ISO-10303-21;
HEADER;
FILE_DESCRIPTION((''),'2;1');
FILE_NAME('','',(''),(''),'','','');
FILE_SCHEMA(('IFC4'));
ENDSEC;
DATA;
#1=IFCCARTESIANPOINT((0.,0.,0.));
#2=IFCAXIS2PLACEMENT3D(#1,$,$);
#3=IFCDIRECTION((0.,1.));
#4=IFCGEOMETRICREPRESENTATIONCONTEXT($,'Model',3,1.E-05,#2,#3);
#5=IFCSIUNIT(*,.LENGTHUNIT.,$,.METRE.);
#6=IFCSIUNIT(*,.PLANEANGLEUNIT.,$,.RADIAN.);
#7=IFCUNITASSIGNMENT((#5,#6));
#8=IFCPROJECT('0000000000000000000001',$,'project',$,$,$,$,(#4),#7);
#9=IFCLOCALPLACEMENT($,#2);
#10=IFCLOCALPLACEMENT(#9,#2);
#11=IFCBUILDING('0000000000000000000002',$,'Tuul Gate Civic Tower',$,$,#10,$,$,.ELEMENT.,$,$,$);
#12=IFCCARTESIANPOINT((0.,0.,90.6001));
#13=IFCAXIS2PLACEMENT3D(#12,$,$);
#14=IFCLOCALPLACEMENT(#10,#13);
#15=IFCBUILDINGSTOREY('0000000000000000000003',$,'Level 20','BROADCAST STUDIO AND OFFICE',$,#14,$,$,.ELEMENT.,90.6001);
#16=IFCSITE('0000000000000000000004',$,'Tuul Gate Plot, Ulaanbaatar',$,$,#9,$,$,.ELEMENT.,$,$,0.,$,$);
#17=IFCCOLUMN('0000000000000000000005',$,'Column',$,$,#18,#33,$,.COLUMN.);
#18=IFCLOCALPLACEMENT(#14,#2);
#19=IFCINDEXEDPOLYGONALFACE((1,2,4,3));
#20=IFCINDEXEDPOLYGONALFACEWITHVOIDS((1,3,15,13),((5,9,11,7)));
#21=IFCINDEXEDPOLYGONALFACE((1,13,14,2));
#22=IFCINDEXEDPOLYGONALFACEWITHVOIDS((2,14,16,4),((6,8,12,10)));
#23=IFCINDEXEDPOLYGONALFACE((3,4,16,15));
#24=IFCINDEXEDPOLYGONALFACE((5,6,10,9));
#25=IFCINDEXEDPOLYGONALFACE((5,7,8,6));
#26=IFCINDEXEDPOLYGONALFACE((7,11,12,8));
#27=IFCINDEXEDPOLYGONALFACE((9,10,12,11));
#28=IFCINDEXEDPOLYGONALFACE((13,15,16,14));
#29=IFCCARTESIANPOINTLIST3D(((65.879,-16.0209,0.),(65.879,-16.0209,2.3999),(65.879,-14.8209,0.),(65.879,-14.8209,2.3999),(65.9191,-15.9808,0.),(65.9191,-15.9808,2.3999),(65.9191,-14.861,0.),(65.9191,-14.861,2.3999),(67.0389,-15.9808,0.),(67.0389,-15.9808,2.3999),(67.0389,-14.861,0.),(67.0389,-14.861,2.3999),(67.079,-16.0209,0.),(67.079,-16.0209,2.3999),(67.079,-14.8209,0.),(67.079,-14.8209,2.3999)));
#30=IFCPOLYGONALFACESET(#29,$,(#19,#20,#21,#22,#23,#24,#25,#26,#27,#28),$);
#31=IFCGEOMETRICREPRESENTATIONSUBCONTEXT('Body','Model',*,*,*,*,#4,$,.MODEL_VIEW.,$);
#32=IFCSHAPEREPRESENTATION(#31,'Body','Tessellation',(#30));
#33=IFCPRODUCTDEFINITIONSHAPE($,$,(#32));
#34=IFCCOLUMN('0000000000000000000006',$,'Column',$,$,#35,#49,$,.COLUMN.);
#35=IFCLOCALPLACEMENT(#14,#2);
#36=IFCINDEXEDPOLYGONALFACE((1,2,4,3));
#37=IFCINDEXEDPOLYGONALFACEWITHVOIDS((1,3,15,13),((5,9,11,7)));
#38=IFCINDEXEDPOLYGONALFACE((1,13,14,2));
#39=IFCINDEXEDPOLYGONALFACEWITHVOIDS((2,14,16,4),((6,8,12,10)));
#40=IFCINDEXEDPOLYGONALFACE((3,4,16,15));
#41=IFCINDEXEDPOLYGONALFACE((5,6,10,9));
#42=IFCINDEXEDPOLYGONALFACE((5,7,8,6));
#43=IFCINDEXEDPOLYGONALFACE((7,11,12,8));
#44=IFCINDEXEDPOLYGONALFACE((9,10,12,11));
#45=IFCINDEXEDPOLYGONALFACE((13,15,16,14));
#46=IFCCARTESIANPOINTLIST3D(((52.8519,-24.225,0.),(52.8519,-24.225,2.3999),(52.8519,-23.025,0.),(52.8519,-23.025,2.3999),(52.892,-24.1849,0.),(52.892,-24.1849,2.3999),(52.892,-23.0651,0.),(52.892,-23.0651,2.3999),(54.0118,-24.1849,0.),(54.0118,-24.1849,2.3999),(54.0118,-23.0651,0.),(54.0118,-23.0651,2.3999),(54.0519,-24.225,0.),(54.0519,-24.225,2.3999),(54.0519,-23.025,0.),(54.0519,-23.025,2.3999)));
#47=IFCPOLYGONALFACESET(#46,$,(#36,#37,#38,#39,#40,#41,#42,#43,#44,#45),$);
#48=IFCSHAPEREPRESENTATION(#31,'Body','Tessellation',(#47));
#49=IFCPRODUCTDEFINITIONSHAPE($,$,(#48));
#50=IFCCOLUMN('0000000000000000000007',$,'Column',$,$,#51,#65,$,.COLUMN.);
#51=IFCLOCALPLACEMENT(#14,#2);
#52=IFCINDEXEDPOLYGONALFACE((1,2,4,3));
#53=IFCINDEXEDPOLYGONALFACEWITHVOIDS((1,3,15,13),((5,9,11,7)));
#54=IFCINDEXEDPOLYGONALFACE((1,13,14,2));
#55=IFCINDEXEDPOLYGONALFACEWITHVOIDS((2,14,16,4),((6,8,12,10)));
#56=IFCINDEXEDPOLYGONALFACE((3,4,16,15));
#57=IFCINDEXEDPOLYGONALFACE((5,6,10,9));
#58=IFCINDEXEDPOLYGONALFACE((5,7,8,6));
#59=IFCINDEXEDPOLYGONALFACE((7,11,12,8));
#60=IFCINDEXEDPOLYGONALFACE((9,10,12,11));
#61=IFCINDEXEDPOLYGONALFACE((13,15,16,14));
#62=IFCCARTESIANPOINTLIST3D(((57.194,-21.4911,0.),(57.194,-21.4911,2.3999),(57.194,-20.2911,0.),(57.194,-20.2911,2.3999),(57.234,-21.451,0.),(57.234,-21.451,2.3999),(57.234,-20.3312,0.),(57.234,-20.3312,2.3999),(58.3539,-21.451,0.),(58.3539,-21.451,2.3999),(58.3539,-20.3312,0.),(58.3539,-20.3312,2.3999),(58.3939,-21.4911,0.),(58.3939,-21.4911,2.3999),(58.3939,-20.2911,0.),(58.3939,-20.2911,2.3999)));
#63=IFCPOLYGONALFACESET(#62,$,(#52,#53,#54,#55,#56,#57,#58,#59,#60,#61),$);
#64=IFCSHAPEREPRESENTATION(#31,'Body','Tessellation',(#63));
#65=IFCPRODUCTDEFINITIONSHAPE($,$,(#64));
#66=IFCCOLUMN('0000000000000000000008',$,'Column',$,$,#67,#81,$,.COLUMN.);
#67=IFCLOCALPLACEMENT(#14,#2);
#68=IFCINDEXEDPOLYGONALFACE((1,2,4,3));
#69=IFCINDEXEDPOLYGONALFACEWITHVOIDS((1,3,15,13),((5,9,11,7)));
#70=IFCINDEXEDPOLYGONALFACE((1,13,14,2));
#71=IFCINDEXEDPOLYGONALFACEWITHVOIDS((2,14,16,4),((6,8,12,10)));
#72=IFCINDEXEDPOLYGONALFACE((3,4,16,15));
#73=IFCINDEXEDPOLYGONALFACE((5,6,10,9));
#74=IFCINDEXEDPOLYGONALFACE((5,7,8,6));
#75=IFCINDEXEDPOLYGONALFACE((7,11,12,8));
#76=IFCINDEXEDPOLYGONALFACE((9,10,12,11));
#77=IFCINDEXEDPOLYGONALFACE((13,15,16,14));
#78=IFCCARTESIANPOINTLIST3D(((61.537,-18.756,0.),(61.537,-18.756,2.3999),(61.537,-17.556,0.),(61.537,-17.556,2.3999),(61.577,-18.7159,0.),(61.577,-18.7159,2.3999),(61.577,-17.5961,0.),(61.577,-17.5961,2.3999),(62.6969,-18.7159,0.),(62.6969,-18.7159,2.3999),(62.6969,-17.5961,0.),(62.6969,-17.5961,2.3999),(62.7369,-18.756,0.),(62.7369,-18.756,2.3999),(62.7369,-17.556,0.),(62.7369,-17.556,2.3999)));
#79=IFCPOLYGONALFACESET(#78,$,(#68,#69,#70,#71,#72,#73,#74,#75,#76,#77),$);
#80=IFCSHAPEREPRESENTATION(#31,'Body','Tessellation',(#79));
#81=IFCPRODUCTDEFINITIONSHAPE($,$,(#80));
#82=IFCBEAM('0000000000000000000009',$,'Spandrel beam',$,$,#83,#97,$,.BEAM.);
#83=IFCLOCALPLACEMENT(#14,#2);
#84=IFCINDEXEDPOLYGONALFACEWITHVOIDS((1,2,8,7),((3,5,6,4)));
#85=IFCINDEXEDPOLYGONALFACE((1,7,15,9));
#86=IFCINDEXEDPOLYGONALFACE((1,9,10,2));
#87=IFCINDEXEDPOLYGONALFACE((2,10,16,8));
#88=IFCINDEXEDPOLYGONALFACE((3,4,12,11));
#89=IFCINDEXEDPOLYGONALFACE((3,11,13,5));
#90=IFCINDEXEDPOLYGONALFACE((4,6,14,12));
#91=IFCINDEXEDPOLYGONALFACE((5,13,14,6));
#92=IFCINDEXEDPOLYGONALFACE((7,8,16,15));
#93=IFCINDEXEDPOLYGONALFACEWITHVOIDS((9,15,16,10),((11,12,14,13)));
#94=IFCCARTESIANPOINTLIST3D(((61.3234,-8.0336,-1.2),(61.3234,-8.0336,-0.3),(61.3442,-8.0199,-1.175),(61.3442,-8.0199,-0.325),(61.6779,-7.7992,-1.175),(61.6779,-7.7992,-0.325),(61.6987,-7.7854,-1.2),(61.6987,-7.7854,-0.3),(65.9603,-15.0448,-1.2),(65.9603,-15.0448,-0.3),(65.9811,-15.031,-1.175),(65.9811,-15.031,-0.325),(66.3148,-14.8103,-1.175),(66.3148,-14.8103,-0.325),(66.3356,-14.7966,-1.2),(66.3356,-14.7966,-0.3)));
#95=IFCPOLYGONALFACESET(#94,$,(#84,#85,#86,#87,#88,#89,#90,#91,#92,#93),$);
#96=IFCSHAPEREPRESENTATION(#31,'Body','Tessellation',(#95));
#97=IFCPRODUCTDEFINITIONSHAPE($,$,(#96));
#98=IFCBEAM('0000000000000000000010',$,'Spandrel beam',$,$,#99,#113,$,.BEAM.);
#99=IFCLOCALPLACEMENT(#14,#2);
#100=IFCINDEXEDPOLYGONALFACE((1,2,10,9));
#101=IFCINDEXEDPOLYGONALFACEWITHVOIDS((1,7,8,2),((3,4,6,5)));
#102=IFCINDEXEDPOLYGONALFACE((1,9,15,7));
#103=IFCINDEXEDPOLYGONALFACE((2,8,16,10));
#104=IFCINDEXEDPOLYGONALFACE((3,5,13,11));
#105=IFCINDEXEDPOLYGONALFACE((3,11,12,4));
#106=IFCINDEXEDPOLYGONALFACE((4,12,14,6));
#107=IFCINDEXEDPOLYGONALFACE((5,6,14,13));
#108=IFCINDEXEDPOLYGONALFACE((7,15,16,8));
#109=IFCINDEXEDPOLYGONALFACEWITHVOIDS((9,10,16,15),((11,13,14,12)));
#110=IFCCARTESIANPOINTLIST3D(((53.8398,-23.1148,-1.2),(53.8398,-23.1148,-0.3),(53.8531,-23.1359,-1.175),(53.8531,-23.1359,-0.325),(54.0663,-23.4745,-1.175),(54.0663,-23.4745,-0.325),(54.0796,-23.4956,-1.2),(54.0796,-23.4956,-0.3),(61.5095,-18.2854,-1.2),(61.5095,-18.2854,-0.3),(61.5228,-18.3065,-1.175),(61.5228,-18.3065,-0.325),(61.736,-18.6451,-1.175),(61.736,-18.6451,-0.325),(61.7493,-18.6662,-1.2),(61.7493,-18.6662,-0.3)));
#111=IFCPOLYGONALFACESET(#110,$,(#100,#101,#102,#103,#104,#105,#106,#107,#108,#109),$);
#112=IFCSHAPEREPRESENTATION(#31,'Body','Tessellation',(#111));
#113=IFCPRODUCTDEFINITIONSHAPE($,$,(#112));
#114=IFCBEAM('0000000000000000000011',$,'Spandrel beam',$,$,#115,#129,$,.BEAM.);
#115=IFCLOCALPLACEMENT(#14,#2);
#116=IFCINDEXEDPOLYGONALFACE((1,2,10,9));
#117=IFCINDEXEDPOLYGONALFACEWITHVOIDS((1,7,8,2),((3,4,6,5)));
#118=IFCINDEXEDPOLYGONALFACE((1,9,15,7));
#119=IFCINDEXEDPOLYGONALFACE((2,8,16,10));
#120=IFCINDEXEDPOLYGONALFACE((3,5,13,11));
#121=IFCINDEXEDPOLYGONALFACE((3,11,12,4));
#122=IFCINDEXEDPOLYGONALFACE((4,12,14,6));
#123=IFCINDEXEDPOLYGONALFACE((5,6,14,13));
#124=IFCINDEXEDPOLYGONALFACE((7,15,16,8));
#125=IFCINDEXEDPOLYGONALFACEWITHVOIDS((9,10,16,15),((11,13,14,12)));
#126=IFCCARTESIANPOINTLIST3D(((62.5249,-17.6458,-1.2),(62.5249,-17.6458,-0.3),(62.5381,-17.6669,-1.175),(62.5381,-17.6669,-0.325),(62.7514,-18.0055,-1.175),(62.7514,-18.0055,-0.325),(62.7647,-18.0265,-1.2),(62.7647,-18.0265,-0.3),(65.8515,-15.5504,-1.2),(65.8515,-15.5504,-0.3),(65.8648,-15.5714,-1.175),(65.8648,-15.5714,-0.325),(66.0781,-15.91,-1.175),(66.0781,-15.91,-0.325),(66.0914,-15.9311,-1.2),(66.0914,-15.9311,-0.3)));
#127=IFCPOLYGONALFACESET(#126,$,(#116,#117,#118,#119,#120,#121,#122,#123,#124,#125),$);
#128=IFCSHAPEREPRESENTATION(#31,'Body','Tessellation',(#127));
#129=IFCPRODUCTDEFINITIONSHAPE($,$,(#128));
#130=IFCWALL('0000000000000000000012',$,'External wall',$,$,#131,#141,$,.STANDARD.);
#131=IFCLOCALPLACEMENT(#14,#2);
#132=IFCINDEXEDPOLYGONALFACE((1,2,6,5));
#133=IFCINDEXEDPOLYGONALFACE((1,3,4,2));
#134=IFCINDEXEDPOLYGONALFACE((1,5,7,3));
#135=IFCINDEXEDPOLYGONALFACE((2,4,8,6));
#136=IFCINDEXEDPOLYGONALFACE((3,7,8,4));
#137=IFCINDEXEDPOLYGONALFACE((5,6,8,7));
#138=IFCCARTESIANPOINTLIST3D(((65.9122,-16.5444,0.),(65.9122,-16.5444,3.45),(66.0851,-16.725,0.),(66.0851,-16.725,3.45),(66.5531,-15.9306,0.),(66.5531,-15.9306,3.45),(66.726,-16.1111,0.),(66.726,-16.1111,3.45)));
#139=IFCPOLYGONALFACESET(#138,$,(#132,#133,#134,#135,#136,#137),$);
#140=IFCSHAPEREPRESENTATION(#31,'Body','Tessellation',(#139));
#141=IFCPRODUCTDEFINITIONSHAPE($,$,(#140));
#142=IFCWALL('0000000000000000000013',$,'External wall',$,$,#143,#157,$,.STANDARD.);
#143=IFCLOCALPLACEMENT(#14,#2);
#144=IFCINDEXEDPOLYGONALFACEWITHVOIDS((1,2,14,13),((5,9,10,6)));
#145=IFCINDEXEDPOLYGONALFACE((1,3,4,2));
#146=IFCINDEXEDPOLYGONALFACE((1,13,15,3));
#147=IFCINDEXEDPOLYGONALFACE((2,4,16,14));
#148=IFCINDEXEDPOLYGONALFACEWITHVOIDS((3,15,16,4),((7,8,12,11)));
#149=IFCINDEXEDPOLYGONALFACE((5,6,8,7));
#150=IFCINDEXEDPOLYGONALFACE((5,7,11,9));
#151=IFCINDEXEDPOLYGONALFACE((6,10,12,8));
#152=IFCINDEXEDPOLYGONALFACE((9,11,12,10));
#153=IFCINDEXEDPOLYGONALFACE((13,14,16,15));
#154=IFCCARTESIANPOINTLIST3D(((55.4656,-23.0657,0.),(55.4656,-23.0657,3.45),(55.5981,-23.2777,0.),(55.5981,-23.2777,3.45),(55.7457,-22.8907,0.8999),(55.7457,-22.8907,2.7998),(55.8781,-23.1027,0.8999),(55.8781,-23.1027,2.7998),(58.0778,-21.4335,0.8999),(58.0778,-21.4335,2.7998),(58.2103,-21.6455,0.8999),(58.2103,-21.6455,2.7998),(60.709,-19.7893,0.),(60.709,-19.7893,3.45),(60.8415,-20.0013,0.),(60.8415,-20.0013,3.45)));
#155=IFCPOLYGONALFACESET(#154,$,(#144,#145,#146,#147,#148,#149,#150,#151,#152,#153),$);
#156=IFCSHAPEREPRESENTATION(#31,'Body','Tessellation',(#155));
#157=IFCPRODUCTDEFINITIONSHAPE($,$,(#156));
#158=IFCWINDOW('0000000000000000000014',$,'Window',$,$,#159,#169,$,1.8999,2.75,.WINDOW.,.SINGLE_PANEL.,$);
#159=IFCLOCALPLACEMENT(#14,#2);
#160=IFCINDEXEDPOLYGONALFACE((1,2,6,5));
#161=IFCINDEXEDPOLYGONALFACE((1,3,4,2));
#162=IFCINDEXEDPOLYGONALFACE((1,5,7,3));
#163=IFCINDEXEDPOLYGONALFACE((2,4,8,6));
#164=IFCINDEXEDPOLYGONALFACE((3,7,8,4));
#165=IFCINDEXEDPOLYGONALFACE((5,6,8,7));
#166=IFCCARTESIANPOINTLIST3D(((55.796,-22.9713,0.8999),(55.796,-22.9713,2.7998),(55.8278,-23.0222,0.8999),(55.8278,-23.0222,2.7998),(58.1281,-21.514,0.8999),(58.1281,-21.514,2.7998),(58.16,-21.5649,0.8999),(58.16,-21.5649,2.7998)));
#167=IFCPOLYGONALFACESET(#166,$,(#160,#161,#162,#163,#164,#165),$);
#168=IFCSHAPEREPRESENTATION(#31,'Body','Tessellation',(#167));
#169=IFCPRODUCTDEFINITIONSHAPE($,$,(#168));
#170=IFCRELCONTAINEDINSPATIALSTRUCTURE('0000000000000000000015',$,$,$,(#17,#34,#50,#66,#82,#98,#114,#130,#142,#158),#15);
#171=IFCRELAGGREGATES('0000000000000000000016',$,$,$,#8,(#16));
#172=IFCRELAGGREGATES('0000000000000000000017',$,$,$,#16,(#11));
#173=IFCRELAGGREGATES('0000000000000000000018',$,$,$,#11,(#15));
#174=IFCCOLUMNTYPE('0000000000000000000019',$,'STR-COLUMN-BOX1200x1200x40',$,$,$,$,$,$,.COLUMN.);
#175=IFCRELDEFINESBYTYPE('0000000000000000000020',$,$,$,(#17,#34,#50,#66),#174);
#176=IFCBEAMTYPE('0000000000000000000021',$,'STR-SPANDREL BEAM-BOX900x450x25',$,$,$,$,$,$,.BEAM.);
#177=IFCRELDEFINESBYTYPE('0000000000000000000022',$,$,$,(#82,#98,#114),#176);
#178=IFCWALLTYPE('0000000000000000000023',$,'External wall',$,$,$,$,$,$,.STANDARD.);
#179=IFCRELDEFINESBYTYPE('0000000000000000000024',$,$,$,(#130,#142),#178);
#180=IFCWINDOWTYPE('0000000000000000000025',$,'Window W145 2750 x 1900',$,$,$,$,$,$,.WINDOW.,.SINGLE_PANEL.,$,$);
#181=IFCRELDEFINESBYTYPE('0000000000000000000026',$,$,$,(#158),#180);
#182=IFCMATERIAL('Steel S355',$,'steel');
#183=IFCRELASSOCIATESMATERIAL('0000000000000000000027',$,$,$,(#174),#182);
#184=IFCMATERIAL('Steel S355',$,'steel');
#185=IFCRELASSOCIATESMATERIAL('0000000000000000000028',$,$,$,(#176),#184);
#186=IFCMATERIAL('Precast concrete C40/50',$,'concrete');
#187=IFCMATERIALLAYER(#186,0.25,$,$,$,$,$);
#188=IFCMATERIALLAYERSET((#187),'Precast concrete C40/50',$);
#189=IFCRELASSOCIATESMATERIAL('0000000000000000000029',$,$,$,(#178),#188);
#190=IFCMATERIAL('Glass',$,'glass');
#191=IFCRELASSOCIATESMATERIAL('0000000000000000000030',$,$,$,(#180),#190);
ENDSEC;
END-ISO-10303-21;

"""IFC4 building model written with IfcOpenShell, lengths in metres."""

from ifc_helpers import new_model, si_unit, direction, frame, frame_2d, origin, origin_2d, place, context, subcontext, project, spatial, rectangle, hollow_rectangle, extrude, material, layer, layer_set, material_profile, profile_set, type_object, element, fill, save


model = new_model("IFC4")

# Units and contexts
model_context = context("Model", 3, precision=1e-05, world=origin(), true_north=direction((0.0, 1.0)))
body_context = subcontext(model_context, "Body", "Model", "MODEL_VIEW")
ifc_project = project(units=[si_unit("LENGTHUNIT", "METRE"), si_unit("PLANEANGLEUNIT", "RADIAN")], contexts=[model_context])

# Site, building, storey
site_placement = place(None, origin())
site = spatial("IfcSite", under=ifc_project, at=site_placement, Name="Tuul Gate Plot, Ulaanbaatar", CompositionType="ELEMENT", RefElevation=0.0)
building_placement = place(site_placement, origin())
building = spatial("IfcBuilding", under=site, at=building_placement, Name="Tuul Gate Civic Tower", CompositionType="ELEMENT")
storey_placement = place(building_placement, frame((0.0, 0.0, 90.6001)))
storey = spatial("IfcBuildingStorey", under=building, at=storey_placement, Name="Level 20", Description="BROADCAST STUDIO AND OFFICE", CompositionType="ELEMENT", Elevation=90.6001)

# Columns
ifc_material_1 = material(Name="Steel S355", Category="steel")
ifc_material_profile_1 = material_profile(ifc_material_1, hollow_rectangle(XDim=1.2, YDim=1.2, WallThickness=0.04, at=origin_2d()), Name="BOX1200x1200x40")
ifc_profile_set_1 = profile_set([ifc_material_profile_1], Name="Steel S355")
column_type = type_object("IfcColumnType", Name="STR-COLUMN-BOX1200x1200x40", PredefinedType="COLUMN", material=ifc_profile_set_1)
for number, where, z_axis, x_axis, name in (
    (1, (66.479, -15.4209, 0.0), (0.0, 0.0, 1.0), (1.0, 0.0, 0.0), "Column"),
    (2, (53.4519, -23.625, 0.0), (0.0, 0.0, 1.0), (1.0, 0.0, 0.0), "Column"),
    (3, (57.7939, -20.8911, 0.0), (0.0, 0.0, 1.0), (1.0, 0.0, 0.0), "Column"),
    (4, (62.137, -18.156, 0.0), (0.0, 0.0, 1.0), (1.0, 0.0, 0.0), "Column"),
):
    element("IfcColumn", number, at=place(storey_placement, frame(where, z_axis=z_axis, x_axis=x_axis)), inside=storey, type_object=column_type, Name=name, PredefinedType="COLUMN", context=body_context, shape_type="SweptSolid", body=[
        extrude(hollow_rectangle(XDim=1.2, YDim=1.2, WallThickness=0.04, at=origin_2d()), origin(), (0.0, 0.0, 1.0), 2.3999),
    ])

# Beams
ifc_material_2 = material(Name="Steel S355", Category="steel")
ifc_material_profile_2 = material_profile(ifc_material_2, hollow_rectangle(XDim=0.45, YDim=0.8999, WallThickness=0.0249, at=origin_2d()), Name="BOX900x450x25")
ifc_profile_set_2 = profile_set([ifc_material_profile_2], Name="Steel S355")
beam_type = type_object("IfcBeamType", Name="STR-SPANDREL BEAM-BOX900x450x25", PredefinedType="BEAM", material=ifc_profile_set_2)
beam_1_placement = place(storey_placement, frame((66.1479, -14.9207, -0.75), z_axis=(-0.551633, 0.834087, 0.0), x_axis=(-0.834087, -0.551633, 0.0)))
element("IfcBeam", 5, at=beam_1_placement, inside=storey, type_object=beam_type, Name="Spandrel beam", PredefinedType="BEAM", context=body_context, shape_type="SweptSolid", body=[
    extrude(hollow_rectangle(XDim=0.45, YDim=0.8999, WallThickness=0.0249, at=origin_2d()), origin(), (0.0, 0.0, 1.0), 8.4058),
])
beam_2_placement = place(storey_placement, frame((53.9597, -23.3052, -0.75), z_axis=(0.846218, 0.532836, 0.0), x_axis=(-0.532836, 0.846218, 0.0)))
element("IfcBeam", 6, at=beam_2_placement, inside=storey, type_object=beam_type, Name="Spandrel beam", PredefinedType="BEAM", context=body_context, shape_type="SweptSolid", body=[
    extrude(hollow_rectangle(XDim=0.45, YDim=0.8999, WallThickness=0.0249, at=origin_2d()), origin(), (0.0, 0.0, 1.0), 9.0635),
])
beam_3_placement = place(storey_placement, frame((62.6448, -17.8362, -0.75), z_axis=(0.84613, 0.532976, 0.0), x_axis=(-0.532976, 0.84613, 0.0)))
element("IfcBeam", 7, at=beam_3_placement, inside=storey, type_object=beam_type, Name="Spandrel beam", PredefinedType="BEAM", context=body_context, shape_type="SweptSolid", body=[
    extrude(hollow_rectangle(XDim=0.45, YDim=0.8999, WallThickness=0.0249, at=origin_2d()), origin(), (0.0, 0.0, 1.0), 3.9316),
])

# Wall
ifc_material_3 = material(Name="Precast concrete C40/50", Category="concrete")
ifc_layer_1 = layer(ifc_material_3, 0.25)
ifc_layer_set_1 = layer_set([ifc_layer_1], Name="Precast concrete C40/50")
wall_type_1 = type_object("IfcWallType", Name="External wall", PredefinedType="STANDARD", material=ifc_layer_set_1)
wall_1_placement = place(storey_placement, frame((65.9985, -16.6348, 0.0), z_axis=(0.0, 0.0, 1.0), x_axis=(0.722212, 0.691672, 0.0)))
element("IfcWall", 8, at=wall_1_placement, inside=storey, type_object=wall_type_1, Name="External wall", PredefinedType="STANDARD", context=body_context, shape_type="SweptSolid", body=[
    extrude(rectangle(XDim=0.8875, YDim=0.25, at=frame_2d((0.4438, 0.0))), origin(), (0.0, 0.0, 1.0), 3.45),
])

# Wall, opening, window
wall_2_placement = place(storey_placement, frame((55.532, -23.1716, 0.0), z_axis=(0.0, 0.0, 1.0), x_axis=(0.848054, 0.52991, 0.0)))
wall_2 = element("IfcWall", 9, at=wall_2_placement, inside=storey, type_object=wall_type_1, Name="External wall", PredefinedType="STANDARD", context=body_context, shape_type="SweptSolid", body=[
    extrude(rectangle(XDim=6.1829, YDim=0.25, at=frame_2d((3.0913, 0.0))), origin(), (0.0, 0.0, 1.0), 3.45),
])
opening_1_placement = place(wall_2_placement, frame((0.3301, 0.0, 0.8999)))
opening_1 = element("IfcOpeningElement", 10, at=opening_1_placement, cuts=wall_2, PredefinedType="OPENING", context=body_context, shape_type="SweptSolid", body=[
    extrude(rectangle(XDim=2.75, YDim=1.8999, at=frame_2d((1.375, 0.95))), frame((0.0, 0.135, 0.0), z_axis=(0.0, -1.0, 0.0), x_axis=(1.0, 0.0, 0.0)), (0.0, 0.0, 1.0), 0.27),
])
ifc_material_4 = material(Name="Glass", Category="glass")
window_type_1 = type_object("IfcWindowType", Name="Window W145 2750 x 1900", PartitioningType="SINGLE_PANEL", PredefinedType="WINDOW", material=ifc_material_4)
window_1_placement = place(opening_1_placement, origin())
window_1 = element("IfcWindow", 11, at=window_1_placement, inside=storey, type_object=window_type_1, Name="Window", OverallHeight=1.8999, OverallWidth=2.75, PartitioningType="SINGLE_PANEL", PredefinedType="WINDOW", context=body_context, shape_type="SweptSolid", body=[
    extrude(rectangle(XDim=2.75, YDim=1.8999, at=frame_2d((1.375, 0.95))), frame((0.0, 0.03, 0.0), z_axis=(0.0, -1.0, 0.0), x_axis=(1.0, 0.0, 0.0)), (0.0, 0.0, 1.0), 0.0601),
])
fill(opening_1, window_1)

save(model, "model.ifc")
